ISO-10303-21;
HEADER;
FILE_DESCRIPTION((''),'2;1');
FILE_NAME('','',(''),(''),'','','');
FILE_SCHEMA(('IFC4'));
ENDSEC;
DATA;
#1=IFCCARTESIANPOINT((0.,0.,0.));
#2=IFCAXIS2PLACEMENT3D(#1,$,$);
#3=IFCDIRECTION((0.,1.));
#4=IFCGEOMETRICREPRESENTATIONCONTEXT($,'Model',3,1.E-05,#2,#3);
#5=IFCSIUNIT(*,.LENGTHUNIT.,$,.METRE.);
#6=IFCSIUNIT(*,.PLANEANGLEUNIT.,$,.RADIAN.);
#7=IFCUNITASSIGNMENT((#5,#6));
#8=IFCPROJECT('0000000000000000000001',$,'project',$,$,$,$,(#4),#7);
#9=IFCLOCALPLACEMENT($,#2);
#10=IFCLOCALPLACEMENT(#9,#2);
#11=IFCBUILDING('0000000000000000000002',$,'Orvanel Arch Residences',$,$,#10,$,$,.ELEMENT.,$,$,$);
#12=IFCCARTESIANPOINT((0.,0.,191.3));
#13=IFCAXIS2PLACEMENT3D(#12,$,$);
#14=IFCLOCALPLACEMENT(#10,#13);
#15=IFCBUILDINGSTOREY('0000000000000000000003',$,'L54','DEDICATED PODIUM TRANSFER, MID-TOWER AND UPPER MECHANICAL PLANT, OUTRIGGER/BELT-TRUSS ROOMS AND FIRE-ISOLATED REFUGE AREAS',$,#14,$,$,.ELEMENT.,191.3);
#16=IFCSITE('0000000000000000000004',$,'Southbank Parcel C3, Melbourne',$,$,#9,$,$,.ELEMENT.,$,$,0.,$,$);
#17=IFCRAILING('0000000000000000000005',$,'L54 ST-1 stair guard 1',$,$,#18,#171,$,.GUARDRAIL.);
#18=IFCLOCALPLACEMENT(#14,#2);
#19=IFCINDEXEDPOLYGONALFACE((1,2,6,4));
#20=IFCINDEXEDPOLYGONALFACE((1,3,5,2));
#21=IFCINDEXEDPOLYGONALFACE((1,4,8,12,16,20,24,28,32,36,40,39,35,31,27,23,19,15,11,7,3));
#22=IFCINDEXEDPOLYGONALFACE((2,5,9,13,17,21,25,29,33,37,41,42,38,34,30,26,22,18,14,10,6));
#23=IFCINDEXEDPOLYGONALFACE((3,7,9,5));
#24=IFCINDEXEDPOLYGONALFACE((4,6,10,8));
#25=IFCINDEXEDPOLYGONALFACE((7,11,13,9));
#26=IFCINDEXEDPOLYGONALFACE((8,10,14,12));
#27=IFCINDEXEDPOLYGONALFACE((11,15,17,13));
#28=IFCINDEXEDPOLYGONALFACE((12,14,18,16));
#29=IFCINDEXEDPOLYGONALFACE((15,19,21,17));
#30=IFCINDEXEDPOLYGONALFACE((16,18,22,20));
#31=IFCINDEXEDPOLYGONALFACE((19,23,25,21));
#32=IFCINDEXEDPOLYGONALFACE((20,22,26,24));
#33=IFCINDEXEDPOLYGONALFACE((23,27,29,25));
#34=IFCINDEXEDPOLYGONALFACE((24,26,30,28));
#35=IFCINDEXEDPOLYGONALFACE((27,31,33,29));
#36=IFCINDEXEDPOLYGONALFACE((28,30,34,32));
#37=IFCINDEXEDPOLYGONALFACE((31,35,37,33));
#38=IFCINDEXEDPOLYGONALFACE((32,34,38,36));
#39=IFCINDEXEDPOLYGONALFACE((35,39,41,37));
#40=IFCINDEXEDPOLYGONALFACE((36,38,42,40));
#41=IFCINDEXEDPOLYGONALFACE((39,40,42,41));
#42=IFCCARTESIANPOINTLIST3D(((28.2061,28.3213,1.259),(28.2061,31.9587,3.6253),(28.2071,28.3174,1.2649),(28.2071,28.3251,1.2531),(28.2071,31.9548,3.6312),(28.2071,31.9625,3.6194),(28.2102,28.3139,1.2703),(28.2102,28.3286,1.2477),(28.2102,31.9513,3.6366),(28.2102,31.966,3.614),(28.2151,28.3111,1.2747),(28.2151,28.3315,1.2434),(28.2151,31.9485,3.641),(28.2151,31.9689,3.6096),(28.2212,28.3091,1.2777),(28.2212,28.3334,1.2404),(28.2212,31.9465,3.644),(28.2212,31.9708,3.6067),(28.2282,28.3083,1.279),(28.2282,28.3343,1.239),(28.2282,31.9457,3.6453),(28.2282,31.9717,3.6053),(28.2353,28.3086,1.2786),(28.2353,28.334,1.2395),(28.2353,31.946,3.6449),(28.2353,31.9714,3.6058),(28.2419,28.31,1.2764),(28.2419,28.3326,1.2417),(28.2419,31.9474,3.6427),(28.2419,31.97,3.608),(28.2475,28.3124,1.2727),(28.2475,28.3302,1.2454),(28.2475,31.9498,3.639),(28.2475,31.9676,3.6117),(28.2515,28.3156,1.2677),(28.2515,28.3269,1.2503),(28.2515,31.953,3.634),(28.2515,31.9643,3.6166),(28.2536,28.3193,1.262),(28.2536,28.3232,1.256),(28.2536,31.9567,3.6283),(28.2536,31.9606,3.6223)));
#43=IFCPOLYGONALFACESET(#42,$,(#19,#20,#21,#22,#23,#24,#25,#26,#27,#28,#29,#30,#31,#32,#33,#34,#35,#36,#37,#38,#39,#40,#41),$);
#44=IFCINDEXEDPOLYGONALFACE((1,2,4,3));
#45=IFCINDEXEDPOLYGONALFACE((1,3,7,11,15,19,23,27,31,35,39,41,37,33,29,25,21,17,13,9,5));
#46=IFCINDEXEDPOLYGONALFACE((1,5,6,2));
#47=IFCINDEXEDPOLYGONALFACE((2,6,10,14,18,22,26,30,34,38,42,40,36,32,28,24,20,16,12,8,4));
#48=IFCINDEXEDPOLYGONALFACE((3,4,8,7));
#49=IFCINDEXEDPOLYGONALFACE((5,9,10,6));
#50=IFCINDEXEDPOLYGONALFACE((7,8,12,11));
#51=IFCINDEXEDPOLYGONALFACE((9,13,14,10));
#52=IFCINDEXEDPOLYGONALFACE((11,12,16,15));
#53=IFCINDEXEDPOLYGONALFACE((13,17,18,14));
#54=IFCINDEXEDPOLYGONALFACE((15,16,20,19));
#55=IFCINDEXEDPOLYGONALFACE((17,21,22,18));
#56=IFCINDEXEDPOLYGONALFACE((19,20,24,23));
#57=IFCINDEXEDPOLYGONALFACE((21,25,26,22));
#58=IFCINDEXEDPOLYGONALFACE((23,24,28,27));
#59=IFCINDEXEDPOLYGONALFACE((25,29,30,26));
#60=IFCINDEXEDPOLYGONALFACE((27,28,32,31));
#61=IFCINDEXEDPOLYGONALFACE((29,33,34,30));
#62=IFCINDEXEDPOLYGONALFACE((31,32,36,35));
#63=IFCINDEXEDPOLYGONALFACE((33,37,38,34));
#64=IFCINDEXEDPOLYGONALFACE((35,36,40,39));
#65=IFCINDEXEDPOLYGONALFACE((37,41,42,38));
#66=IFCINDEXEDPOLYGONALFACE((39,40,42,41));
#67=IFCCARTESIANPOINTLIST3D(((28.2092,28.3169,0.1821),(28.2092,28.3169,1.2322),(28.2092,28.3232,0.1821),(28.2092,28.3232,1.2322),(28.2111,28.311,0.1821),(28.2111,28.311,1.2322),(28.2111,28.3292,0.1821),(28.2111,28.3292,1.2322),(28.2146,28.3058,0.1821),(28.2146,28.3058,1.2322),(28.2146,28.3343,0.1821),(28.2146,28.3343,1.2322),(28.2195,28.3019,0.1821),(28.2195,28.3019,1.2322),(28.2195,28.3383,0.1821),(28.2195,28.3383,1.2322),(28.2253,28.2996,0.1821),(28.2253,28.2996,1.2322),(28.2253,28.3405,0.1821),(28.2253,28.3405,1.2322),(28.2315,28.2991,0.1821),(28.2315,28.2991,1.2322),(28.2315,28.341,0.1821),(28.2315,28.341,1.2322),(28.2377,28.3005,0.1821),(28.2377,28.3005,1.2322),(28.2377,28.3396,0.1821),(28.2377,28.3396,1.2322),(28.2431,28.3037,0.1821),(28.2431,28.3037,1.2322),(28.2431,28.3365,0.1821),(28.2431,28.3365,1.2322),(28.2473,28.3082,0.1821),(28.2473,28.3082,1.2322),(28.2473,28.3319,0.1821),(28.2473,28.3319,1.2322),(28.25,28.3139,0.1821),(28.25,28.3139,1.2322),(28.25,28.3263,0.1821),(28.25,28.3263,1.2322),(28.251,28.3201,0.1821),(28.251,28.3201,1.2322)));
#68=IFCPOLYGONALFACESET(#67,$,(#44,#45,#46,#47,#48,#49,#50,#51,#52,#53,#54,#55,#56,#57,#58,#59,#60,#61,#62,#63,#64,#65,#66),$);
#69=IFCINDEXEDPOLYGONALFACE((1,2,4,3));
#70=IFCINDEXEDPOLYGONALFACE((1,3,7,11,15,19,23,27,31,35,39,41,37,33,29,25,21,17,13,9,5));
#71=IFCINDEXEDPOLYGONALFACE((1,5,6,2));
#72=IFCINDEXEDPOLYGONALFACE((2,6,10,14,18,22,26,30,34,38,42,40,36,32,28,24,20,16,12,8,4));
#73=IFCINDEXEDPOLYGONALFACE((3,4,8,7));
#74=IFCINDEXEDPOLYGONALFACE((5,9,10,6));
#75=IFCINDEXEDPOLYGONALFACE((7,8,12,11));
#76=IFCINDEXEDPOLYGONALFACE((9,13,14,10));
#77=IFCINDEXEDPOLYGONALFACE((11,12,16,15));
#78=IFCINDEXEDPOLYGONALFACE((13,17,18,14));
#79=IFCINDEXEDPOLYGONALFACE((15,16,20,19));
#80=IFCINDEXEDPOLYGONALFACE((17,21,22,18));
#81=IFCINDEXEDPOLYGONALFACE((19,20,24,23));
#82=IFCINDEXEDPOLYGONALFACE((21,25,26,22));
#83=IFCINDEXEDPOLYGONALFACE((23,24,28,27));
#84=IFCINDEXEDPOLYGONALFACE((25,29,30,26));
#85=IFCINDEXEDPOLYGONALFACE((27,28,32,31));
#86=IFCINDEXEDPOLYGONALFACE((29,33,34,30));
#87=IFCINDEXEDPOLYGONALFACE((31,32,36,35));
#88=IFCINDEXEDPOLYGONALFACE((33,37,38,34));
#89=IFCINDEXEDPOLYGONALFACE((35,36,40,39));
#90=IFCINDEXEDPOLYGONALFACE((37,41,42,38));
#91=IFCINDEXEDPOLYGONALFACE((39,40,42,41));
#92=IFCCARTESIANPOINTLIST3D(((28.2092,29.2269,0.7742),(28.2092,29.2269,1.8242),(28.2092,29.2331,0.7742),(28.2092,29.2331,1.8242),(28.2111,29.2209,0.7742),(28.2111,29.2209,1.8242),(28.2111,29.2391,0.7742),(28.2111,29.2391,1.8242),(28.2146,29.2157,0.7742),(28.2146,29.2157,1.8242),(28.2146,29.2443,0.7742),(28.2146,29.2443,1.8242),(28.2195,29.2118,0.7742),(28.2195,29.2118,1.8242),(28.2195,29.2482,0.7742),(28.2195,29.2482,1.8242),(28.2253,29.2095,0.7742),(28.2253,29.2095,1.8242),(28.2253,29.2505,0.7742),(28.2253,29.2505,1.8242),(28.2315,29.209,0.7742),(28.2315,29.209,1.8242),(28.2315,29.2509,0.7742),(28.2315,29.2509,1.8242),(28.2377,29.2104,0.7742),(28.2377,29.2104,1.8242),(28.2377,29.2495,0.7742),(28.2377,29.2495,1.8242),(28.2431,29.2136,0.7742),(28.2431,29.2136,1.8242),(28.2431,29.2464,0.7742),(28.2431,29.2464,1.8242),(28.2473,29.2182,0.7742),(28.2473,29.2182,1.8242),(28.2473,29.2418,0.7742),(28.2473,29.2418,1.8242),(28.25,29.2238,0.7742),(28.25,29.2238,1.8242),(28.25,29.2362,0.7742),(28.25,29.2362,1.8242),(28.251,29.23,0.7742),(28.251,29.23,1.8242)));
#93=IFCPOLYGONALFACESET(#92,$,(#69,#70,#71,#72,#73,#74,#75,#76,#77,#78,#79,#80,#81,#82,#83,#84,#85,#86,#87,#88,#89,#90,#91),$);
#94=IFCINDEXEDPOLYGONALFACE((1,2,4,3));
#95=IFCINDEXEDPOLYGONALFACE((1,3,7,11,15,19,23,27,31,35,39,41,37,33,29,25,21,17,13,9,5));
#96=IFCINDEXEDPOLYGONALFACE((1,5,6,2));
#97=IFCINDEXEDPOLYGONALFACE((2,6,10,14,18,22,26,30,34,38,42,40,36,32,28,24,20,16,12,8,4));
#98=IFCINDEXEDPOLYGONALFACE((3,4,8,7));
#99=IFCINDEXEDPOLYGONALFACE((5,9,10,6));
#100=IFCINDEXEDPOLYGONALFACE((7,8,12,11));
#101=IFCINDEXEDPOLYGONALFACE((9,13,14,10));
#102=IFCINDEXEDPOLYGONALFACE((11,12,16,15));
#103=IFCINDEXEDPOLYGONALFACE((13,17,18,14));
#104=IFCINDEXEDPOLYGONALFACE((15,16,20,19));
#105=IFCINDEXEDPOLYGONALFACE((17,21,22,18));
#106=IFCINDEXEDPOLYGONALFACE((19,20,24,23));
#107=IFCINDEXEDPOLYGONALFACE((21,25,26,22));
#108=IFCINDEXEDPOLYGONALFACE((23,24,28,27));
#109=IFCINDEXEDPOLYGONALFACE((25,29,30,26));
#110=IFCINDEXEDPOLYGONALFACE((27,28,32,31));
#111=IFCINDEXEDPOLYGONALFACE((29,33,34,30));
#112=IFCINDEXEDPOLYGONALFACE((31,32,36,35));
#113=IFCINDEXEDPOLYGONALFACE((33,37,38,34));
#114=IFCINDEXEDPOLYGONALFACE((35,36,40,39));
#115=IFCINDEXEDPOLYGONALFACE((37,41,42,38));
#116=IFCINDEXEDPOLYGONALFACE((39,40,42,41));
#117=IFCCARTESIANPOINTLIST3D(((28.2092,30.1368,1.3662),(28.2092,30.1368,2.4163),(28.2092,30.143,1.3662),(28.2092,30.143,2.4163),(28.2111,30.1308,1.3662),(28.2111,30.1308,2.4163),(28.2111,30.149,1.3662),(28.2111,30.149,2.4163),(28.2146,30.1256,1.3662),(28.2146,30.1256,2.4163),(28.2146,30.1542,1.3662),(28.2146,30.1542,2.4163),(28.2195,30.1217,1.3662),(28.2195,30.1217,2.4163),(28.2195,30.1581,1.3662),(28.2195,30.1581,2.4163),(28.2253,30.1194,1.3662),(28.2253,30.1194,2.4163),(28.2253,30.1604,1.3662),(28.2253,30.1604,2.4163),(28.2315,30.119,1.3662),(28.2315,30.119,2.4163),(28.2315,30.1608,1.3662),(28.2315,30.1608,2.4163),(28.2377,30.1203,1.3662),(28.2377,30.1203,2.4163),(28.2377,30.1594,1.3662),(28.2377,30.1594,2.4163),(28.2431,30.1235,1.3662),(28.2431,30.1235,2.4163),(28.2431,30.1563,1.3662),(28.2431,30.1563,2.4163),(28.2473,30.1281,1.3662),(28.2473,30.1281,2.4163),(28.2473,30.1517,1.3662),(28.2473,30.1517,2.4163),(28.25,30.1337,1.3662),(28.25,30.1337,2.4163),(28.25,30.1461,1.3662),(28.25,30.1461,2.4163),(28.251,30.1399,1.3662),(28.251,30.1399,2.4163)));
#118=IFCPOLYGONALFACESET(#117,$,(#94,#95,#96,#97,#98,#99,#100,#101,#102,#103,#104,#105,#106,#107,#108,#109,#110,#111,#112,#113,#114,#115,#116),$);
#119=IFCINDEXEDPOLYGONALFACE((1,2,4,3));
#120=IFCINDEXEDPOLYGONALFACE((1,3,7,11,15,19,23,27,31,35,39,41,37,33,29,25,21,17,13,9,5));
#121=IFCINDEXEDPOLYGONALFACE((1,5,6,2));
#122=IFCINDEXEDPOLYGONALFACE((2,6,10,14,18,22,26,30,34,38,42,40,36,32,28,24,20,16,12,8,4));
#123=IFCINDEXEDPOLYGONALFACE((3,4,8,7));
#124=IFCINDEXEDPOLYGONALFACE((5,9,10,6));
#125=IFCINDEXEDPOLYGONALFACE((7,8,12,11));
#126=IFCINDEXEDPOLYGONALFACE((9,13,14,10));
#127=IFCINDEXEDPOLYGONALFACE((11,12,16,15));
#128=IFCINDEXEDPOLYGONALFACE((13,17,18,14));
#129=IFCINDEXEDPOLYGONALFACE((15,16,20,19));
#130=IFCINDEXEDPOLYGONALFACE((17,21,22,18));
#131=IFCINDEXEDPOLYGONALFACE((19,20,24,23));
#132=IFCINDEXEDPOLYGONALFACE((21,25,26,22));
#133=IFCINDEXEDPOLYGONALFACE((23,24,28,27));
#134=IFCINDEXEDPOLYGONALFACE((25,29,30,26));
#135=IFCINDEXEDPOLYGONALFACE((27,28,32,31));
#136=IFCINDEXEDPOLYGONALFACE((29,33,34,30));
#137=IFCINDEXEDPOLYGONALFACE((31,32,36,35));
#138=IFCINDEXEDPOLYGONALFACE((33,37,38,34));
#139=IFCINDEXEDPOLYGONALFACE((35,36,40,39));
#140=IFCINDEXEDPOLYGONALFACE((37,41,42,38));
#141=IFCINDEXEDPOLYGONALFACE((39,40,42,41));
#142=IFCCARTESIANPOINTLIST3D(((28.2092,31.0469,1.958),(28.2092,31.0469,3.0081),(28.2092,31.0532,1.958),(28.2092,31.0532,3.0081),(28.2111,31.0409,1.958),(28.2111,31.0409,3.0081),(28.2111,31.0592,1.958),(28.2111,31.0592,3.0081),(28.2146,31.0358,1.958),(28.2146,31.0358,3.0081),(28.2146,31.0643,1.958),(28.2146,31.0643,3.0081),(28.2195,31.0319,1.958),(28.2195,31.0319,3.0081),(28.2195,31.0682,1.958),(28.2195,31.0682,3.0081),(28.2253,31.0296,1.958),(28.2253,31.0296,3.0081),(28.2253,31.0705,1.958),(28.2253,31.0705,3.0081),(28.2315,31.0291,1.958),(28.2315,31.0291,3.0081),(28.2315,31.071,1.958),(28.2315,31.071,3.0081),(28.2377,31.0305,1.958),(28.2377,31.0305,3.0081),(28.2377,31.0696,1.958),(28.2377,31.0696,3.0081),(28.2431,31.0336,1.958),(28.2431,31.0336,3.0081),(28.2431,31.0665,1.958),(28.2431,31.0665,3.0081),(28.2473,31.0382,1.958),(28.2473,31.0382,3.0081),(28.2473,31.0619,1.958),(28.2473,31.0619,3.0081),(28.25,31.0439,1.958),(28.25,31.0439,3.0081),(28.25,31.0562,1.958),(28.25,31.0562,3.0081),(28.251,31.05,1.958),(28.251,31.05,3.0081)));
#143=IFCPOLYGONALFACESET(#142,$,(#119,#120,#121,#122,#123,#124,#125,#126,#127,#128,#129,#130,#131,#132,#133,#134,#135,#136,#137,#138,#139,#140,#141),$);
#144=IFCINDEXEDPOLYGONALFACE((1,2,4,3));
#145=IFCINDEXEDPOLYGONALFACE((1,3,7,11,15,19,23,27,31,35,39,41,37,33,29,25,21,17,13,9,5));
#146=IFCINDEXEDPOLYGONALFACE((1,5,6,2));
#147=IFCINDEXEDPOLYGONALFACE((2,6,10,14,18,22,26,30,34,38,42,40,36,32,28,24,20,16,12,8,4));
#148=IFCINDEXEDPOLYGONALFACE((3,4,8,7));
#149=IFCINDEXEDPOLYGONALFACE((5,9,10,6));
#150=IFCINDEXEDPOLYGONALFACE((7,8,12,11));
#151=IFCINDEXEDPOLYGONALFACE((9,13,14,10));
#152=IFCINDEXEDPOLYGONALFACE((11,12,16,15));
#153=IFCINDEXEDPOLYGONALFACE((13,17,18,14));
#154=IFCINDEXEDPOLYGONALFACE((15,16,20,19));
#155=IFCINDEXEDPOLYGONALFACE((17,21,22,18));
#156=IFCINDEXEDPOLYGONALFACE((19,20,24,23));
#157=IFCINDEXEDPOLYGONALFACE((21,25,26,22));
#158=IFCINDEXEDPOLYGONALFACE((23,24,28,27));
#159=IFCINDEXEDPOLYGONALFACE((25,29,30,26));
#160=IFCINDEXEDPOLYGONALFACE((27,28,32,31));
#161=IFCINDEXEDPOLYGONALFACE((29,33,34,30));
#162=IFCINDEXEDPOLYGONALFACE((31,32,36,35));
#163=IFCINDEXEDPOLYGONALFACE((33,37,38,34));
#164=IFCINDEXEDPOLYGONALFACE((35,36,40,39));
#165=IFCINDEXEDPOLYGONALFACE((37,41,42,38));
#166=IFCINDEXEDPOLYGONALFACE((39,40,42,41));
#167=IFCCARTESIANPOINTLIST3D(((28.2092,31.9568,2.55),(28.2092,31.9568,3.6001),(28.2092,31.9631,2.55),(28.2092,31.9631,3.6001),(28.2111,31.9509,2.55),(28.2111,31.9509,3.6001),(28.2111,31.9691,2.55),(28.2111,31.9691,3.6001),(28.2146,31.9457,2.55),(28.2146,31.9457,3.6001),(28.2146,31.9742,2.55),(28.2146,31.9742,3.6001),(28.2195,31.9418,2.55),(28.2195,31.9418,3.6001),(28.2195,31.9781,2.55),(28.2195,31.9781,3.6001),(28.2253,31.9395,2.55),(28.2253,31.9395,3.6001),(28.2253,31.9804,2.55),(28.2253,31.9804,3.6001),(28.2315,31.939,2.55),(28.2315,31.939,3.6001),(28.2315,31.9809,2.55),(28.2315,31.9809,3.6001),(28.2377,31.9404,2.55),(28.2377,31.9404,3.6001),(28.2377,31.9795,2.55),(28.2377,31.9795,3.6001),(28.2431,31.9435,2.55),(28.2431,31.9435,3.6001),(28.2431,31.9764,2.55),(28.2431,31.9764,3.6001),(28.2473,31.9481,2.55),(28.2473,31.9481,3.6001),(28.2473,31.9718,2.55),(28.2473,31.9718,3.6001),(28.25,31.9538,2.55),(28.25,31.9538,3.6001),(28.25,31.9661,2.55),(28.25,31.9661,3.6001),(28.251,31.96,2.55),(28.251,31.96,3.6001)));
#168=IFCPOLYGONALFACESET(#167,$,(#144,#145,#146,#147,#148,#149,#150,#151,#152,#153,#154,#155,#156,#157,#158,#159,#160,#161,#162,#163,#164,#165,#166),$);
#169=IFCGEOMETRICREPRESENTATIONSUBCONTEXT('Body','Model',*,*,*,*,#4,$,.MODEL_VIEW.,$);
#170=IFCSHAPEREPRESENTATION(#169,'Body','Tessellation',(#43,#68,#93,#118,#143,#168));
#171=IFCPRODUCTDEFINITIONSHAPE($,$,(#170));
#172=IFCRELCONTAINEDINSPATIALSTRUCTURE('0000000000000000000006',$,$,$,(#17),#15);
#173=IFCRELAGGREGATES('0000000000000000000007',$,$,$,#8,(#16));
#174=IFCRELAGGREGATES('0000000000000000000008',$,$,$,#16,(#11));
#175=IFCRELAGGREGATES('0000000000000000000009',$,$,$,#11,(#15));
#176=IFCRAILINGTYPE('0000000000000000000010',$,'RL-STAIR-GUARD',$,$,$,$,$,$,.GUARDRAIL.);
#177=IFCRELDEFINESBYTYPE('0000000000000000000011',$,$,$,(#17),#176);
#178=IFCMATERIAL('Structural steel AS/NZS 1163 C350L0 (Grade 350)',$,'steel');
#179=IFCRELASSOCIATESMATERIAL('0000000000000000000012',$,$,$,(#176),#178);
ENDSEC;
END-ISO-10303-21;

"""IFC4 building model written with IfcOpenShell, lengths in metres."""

from ifc_helpers import new_model, si_unit, direction, frame, origin, origin_2d, place, context, subcontext, project, spatial, circle, extrude, material, type_object, element, save


model = new_model("IFC4")

# Units and contexts
model_context = context("Model", 3, precision=1e-05, world=origin(), true_north=direction((0.0, 1.0)))
body_context = subcontext(model_context, "Body", "Model", "MODEL_VIEW")
ifc_project = project(units=[si_unit("LENGTHUNIT", "METRE"), si_unit("PLANEANGLEUNIT", "RADIAN")], contexts=[model_context])

# Site, building, storey
site_placement = place(None, origin())
site = spatial("IfcSite", under=ifc_project, at=site_placement, Name="Southbank Parcel C3, Melbourne", CompositionType="ELEMENT", RefElevation=0.0)
building_placement = place(site_placement, origin())
building = spatial("IfcBuilding", under=site, at=building_placement, Name="Orvanel Arch Residences", CompositionType="ELEMENT")
storey_placement = place(building_placement, frame((0.0, 0.0, 191.3)))
storey = spatial("IfcBuildingStorey", under=building, at=storey_placement, Name="L54", Description="DEDICATED PODIUM TRANSFER, MID-TOWER AND UPPER MECHANICAL PLANT, OUTRIGGER/BELT-TRUSS ROOMS AND FIRE-ISOLATED REFUGE AREAS", CompositionType="ELEMENT", Elevation=191.3)

# Railing
ifc_material_1 = material(Name="Structural steel AS/NZS 1163 C350L0 (Grade 350)", Category="steel")
railing_type_1 = type_object("IfcRailingType", Name="RL-STAIR-GUARD", PredefinedType="GUARDRAIL", material=ifc_material_1)
railing_1_placement = place(storey_placement, frame((28.23, 28.3201, 0.1821)))
element("IfcRailing", 1, at=railing_1_placement, inside=storey, type_object=railing_type_1, Name="L54 ST-1 stair guard 1", PredefinedType="GUARDRAIL", context=body_context, shape_type="SweptSolid", body=[
    extrude(circle(Radius=0.0239, at=origin_2d()), frame((0.0, 0.0012, 1.0769), z_axis=(0.0, 0.838234, 0.54531), x_axis=(-1.0, 0.0, 0.0)), (0.0, 0.0, 1.0), 4.3394),
    extrude(circle(Radius=0.021, at=origin_2d()), origin(), (0.0, 0.0, 1.0), 1.05),
    extrude(circle(Radius=0.021, at=origin_2d()), frame((0.0, 0.9099, 0.592)), (0.0, 0.0, 1.0), 1.05),
    extrude(circle(Radius=0.021, at=origin_2d()), frame((0.0, 1.8198, 1.1841)), (0.0, 0.0, 1.0), 1.05),
    extrude(circle(Radius=0.021, at=origin_2d()), frame((0.0, 2.73, 1.7759)), (0.0, 0.0, 1.0), 1.05),
    extrude(circle(Radius=0.021, at=origin_2d()), frame((0.0, 3.6399, 2.3679)), (0.0, 0.0, 1.0), 1.05),
])

save(model, "model.ifc")
